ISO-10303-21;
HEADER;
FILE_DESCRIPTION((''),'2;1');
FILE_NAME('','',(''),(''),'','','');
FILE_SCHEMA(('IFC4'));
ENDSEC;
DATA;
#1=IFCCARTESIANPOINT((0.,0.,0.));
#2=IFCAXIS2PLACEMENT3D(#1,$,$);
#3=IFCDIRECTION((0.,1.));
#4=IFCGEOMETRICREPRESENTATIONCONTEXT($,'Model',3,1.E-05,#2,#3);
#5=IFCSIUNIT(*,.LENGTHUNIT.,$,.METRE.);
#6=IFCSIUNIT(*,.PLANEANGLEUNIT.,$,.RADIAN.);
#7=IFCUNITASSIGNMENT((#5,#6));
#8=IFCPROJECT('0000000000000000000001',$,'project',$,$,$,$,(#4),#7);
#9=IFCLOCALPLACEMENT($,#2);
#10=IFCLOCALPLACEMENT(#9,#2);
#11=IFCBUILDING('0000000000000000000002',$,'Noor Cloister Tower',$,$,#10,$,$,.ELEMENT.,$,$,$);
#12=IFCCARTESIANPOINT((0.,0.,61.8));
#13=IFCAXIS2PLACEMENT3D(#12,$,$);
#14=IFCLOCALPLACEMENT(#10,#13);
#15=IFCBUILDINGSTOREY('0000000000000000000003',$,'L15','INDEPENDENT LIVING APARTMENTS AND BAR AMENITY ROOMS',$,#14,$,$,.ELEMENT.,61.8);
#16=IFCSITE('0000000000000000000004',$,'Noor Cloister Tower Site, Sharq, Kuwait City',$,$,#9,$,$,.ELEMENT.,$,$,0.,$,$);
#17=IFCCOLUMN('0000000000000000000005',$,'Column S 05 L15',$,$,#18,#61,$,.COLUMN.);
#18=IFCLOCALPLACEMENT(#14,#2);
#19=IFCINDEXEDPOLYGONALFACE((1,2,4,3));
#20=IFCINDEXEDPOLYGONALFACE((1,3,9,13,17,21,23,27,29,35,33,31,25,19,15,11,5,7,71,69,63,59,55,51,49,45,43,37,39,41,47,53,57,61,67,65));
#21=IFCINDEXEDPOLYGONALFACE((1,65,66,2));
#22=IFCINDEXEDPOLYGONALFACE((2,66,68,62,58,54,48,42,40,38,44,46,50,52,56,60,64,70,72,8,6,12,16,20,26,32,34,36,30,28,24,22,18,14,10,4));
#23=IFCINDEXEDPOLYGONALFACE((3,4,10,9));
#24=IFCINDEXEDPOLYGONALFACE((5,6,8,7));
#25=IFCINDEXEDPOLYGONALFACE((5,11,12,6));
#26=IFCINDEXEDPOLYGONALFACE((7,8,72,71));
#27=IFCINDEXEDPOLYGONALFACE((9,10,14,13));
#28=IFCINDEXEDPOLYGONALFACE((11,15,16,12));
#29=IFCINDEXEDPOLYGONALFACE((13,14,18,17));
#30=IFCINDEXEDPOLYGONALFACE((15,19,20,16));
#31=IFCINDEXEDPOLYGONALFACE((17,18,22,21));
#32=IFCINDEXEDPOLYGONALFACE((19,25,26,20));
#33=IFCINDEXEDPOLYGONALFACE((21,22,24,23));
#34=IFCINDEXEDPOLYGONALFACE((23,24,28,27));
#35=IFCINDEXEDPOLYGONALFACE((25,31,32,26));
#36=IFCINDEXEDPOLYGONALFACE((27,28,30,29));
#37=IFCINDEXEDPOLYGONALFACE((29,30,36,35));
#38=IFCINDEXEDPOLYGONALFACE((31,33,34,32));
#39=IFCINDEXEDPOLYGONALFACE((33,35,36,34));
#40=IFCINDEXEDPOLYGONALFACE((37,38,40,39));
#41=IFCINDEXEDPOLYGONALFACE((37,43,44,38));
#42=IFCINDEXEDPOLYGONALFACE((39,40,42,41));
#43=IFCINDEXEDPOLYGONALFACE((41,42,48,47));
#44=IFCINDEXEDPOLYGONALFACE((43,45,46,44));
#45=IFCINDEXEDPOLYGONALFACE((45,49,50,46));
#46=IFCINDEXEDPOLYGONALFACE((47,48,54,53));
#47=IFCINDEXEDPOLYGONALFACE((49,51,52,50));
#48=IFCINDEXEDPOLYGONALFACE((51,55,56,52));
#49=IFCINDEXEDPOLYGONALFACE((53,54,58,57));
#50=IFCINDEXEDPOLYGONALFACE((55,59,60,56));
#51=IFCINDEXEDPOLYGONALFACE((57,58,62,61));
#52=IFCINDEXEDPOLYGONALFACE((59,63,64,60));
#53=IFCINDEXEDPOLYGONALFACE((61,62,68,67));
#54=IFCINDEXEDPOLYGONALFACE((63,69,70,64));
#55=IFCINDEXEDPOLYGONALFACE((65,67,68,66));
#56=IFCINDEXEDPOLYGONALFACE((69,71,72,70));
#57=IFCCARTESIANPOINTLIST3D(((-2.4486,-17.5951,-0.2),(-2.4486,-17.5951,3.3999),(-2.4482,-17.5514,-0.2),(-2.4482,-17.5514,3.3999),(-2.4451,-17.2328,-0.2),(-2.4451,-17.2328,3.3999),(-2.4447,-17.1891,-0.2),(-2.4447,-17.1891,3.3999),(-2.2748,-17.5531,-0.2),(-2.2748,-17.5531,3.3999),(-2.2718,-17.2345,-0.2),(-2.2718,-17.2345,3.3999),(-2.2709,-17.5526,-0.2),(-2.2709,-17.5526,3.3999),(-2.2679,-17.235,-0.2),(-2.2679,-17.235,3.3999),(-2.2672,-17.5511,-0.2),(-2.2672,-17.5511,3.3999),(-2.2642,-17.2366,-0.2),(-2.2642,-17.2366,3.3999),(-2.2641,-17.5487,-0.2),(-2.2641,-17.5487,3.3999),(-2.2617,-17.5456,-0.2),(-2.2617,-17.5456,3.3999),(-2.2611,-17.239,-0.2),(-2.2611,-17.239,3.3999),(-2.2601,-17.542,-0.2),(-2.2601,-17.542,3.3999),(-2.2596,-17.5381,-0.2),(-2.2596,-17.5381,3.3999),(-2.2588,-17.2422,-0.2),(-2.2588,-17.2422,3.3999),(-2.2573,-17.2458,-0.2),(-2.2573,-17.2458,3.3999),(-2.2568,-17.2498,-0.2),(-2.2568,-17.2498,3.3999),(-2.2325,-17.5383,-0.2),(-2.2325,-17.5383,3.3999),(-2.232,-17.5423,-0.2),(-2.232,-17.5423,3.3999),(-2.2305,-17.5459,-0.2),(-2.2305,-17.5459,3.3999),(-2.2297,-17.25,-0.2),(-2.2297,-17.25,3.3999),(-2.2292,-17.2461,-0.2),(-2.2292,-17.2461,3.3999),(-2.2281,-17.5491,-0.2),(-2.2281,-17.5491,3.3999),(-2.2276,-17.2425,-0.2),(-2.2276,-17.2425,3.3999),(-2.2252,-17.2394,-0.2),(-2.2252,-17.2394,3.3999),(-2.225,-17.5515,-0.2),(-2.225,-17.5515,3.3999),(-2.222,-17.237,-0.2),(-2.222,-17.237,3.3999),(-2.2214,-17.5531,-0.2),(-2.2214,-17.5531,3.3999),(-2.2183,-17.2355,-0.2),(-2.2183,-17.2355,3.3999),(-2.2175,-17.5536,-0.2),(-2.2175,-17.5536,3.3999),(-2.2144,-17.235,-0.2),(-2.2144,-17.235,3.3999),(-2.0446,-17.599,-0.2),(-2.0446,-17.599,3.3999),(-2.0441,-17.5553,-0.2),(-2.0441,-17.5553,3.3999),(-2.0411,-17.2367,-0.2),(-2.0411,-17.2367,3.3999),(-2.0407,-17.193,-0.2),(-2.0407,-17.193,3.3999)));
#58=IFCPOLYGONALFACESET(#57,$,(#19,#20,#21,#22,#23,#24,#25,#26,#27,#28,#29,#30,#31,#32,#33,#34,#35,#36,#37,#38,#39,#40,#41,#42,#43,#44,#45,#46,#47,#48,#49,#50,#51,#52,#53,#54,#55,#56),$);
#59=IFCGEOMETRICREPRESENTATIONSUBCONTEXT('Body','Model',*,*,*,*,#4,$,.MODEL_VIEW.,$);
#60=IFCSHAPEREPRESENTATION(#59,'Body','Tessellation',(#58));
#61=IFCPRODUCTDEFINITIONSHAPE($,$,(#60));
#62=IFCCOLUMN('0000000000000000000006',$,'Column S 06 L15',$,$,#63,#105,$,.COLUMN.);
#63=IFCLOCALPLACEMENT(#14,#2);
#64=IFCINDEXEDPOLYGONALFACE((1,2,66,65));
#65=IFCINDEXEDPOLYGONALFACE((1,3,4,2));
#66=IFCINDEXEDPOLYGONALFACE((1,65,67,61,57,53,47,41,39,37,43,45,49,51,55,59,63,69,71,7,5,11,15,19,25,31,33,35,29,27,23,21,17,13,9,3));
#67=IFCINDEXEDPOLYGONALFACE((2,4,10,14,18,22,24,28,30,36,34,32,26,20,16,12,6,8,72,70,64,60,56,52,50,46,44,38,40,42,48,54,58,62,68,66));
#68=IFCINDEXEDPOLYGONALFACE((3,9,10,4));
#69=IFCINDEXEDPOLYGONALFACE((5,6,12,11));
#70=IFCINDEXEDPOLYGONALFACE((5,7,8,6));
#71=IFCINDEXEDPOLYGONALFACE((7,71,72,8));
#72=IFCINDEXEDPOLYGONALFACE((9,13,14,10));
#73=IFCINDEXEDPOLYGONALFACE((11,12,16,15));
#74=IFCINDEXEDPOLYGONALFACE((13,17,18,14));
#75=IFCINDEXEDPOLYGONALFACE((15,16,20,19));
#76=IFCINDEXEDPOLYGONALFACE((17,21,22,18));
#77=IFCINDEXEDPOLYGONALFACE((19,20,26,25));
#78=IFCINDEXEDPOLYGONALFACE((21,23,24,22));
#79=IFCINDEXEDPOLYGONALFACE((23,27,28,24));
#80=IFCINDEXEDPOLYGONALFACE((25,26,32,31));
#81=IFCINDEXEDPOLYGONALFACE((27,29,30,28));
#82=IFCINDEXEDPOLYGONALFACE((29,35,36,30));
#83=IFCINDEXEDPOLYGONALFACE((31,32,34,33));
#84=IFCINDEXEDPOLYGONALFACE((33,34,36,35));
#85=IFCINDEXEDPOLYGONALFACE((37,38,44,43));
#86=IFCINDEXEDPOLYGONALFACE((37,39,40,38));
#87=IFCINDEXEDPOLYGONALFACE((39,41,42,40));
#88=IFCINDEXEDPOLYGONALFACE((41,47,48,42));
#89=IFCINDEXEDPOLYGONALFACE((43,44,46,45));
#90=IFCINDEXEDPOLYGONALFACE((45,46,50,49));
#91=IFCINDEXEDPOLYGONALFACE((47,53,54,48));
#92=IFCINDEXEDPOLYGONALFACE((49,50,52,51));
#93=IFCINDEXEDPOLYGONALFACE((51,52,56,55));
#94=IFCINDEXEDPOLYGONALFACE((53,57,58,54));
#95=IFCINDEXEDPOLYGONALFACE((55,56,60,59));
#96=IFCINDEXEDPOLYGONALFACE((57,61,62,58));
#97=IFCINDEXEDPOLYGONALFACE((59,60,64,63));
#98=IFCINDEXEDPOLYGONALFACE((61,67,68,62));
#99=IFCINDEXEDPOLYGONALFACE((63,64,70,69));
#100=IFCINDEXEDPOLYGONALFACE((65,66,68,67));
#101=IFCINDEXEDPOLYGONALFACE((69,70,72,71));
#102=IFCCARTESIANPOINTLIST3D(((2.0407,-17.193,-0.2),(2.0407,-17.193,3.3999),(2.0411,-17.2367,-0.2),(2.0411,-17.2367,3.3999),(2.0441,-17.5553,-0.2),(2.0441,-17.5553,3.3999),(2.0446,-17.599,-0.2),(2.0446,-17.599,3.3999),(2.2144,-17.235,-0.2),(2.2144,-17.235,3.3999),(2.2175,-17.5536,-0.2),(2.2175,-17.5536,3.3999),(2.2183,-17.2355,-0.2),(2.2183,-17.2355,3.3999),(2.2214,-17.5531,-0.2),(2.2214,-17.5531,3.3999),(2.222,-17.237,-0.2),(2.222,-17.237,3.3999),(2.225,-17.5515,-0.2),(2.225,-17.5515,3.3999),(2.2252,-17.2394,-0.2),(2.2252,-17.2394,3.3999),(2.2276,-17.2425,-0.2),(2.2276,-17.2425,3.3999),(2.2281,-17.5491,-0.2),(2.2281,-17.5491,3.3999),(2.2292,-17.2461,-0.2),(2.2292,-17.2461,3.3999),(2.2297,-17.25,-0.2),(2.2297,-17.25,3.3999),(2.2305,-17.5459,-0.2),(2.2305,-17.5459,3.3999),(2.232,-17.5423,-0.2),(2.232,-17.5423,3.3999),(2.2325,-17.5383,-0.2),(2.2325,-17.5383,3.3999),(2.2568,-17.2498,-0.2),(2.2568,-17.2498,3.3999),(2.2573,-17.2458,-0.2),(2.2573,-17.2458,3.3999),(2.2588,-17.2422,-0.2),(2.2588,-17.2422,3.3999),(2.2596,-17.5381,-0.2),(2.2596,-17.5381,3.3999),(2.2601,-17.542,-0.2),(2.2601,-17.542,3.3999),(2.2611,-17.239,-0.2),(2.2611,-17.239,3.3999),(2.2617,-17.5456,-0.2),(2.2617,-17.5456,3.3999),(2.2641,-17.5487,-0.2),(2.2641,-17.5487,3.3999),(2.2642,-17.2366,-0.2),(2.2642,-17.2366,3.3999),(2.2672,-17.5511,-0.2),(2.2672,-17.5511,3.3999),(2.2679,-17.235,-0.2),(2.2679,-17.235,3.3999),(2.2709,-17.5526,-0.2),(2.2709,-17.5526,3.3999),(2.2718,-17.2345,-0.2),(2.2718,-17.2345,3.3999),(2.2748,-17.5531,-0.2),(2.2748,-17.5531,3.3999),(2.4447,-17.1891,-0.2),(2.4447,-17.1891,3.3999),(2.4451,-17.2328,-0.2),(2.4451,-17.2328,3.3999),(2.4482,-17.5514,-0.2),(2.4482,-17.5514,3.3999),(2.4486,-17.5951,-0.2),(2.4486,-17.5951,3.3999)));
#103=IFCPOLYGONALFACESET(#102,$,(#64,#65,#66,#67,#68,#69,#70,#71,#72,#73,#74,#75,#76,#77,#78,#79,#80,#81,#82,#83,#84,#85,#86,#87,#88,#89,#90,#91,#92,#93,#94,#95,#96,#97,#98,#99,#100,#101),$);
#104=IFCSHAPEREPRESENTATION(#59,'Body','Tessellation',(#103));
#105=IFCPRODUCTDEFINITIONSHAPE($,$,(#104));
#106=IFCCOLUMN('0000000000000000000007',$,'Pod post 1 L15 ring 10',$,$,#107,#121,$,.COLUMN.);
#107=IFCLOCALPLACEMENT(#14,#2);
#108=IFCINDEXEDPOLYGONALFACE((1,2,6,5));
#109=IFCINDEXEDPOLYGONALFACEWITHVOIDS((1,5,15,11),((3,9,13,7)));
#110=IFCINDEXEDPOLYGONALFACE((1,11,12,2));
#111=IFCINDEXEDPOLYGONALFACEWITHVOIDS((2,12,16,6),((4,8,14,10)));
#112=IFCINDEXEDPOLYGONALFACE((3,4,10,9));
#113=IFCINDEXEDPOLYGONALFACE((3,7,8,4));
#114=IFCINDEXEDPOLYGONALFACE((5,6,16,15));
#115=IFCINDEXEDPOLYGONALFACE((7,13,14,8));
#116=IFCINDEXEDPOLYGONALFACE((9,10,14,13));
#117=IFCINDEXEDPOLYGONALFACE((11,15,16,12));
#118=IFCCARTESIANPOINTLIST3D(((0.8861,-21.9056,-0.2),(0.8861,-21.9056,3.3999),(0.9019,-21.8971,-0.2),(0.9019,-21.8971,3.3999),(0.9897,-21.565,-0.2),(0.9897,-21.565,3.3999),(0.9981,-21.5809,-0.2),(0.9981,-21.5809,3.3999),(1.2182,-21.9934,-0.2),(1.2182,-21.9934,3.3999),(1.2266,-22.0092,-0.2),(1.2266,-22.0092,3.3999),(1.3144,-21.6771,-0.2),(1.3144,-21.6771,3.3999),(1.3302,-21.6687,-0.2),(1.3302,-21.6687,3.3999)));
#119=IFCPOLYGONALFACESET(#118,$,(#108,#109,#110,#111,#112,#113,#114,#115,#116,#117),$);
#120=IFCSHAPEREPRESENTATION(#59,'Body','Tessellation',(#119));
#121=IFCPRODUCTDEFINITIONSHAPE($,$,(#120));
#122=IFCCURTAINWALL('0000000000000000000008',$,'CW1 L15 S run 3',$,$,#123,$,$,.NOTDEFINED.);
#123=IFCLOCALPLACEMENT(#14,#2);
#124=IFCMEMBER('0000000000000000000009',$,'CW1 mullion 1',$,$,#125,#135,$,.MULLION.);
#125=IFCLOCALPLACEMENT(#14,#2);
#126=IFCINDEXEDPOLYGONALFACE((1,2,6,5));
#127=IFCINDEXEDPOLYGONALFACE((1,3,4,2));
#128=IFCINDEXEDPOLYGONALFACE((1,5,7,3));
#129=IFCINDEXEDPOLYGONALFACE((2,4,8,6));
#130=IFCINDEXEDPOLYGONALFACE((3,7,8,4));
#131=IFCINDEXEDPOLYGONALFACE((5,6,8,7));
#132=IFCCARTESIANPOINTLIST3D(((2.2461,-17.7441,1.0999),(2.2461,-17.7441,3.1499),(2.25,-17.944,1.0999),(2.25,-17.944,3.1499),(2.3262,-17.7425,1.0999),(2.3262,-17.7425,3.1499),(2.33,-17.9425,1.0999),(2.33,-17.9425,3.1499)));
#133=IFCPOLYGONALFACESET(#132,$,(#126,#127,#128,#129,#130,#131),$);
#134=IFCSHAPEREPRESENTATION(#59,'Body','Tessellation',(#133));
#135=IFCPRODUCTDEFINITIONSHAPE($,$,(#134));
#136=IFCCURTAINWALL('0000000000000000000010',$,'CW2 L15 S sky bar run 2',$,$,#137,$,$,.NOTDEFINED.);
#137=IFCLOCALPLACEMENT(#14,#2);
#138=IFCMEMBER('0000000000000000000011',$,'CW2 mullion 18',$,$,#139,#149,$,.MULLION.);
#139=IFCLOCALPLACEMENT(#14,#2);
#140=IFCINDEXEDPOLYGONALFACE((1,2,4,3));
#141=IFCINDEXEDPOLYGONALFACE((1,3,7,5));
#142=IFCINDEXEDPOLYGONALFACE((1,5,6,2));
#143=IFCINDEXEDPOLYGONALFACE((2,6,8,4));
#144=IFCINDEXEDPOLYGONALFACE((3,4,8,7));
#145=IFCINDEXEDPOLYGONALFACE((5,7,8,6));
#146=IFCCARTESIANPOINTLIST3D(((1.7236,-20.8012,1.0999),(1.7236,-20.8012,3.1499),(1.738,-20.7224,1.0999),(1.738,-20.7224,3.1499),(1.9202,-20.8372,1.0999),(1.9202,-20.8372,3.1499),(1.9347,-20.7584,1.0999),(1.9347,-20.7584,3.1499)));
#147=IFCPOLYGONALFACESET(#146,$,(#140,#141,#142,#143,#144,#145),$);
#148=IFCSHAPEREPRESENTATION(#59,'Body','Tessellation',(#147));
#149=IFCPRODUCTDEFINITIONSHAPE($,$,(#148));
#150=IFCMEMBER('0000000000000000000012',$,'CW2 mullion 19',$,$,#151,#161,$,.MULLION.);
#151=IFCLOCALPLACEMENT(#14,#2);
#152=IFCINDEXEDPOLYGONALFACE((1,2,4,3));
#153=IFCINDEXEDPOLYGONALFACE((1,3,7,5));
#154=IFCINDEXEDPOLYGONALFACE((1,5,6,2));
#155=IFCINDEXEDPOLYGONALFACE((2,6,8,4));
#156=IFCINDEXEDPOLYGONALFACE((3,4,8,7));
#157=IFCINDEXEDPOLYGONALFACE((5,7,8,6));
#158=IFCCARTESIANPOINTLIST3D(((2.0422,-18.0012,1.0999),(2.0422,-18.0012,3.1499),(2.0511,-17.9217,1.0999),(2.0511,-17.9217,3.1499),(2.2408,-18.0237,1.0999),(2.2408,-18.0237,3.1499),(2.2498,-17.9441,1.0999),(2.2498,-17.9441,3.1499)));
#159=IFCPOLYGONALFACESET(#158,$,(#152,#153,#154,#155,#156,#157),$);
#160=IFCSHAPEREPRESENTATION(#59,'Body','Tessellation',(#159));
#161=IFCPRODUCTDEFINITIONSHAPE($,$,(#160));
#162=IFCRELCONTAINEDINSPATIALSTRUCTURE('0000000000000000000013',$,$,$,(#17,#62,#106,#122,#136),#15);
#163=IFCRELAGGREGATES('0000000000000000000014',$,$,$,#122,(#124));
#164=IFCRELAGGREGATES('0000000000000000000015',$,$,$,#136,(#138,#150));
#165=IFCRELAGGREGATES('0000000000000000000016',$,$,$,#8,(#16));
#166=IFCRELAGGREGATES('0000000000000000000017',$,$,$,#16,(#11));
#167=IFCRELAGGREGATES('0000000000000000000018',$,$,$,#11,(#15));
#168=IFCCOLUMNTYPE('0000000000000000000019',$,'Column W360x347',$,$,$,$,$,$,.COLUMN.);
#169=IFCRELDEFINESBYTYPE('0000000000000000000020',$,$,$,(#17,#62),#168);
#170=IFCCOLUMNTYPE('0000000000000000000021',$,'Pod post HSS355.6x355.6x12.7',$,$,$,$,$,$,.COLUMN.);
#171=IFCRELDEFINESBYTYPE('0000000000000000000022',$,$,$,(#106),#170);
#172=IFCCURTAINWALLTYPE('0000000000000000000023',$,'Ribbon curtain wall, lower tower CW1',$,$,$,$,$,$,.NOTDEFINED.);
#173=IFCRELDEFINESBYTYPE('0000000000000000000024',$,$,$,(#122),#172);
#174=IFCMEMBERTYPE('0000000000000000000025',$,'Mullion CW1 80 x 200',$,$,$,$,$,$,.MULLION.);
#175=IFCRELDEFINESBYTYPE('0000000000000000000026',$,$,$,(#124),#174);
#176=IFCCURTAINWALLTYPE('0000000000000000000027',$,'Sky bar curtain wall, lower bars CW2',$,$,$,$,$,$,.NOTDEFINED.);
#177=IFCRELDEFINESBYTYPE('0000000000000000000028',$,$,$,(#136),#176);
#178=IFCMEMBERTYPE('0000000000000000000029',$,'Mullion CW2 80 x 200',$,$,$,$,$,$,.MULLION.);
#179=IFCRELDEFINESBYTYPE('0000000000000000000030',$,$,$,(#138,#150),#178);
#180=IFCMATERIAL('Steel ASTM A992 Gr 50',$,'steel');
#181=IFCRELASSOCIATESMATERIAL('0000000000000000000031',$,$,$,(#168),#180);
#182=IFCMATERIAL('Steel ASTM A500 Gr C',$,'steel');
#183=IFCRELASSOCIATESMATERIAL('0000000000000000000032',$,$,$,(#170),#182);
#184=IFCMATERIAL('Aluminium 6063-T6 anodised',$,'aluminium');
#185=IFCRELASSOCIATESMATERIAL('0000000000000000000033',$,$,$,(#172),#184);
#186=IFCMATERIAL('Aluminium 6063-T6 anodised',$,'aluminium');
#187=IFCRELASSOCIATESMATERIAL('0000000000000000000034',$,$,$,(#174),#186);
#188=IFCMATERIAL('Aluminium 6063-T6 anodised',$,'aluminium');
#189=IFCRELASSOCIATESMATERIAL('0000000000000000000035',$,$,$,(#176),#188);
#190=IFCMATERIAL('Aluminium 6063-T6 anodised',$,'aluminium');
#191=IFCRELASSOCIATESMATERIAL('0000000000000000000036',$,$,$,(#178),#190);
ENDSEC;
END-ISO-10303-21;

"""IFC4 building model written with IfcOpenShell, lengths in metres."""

from ifc_helpers import new_model, si_unit, direction, frame, origin, origin_2d, place, context, subcontext, project, spatial, rectangle, hollow_rectangle, i_section, extrude, material, material_profile, profile_set, type_object, element, aggregate, save


model = new_model("IFC4")

# Units and contexts
model_context = context("Model", 3, precision=1e-05, world=origin(), true_north=direction((0.0, 1.0)))
body_context = subcontext(model_context, "Body", "Model", "MODEL_VIEW")
ifc_project = project(units=[si_unit("LENGTHUNIT", "METRE"), si_unit("PLANEANGLEUNIT", "RADIAN")], contexts=[model_context])

# Site, building, storey
site_placement = place(None, origin())
site = spatial("IfcSite", under=ifc_project, at=site_placement, Name="Noor Cloister Tower Site, Sharq, Kuwait City", CompositionType="ELEMENT", RefElevation=0.0)
building_placement = place(site_placement, origin())
building = spatial("IfcBuilding", under=site, at=building_placement, Name="Noor Cloister Tower", CompositionType="ELEMENT")
storey_placement = place(building_placement, frame((0.0, 0.0, 61.8)))
storey = spatial("IfcBuildingStorey", under=building, at=storey_placement, Name="L15", Description="INDEPENDENT LIVING APARTMENTS AND BAR AMENITY ROOMS", CompositionType="ELEMENT", Elevation=61.8)

# Columns
ifc_material_1 = material(Name="Steel ASTM A992 Gr 50", Category="steel")
ifc_material_profile_1 = material_profile(ifc_material_1, i_section(OverallWidth=0.4041, OverallDepth=0.406, WebThickness=0.0271, FlangeThickness=0.0437, FilletRadius=0.0151, at=origin_2d()), Name="W360x347")
ifc_profile_set_1 = profile_set([ifc_material_profile_1], Name="Steel ASTM A992 Gr 50")
column_type_1 = type_object("IfcColumnType", Name="Column W360x347", PredefinedType="COLUMN", material=ifc_profile_set_1)
for number, where, z_axis, x_axis, name in (
    (1, (-2.2446, -17.394, -0.2), (0.0, 0.0, 1.0), (0.999954, -0.009548, 0.0), "Column S 05 L15"),
    (2, (2.2446, -17.394, -0.2), (0.0, 0.0, 1.0), (0.999954, 0.009548, 0.0), "Column S 06 L15"),
):
    element("IfcColumn", number, at=place(storey_placement, frame(where, z_axis=z_axis, x_axis=x_axis)), inside=storey, type_object=column_type_1, Name=name, PredefinedType="COLUMN", context=body_context, shape_type="SweptSolid", body=[
        extrude(i_section(OverallWidth=0.4041, OverallDepth=0.406, WebThickness=0.0271, FlangeThickness=0.0437, FilletRadius=0.0151, at=origin_2d()), origin(), (0.0, 0.0, 1.0), 3.5999),
    ])
ifc_material_2 = material(Name="Steel ASTM A500 Gr C", Category="steel")
ifc_material_profile_2 = material_profile(ifc_material_2, hollow_rectangle(XDim=0.356, YDim=0.356, WallThickness=0.0127, at=origin_2d()), Name="HSS355.6x355.6x12.7")
ifc_profile_set_2 = profile_set([ifc_material_profile_2], Name="Steel ASTM A500 Gr C")
column_type_2 = type_object("IfcColumnType", Name="Pod post HSS355.6x355.6x12.7", PredefinedType="COLUMN", material=ifc_profile_set_2)
column_placement = place(storey_placement, frame((1.1082, -21.7871, -0.2), z_axis=(0.0, 0.0, 1.0), x_axis=(0.29113, 0.956684, 0.0)))
element("IfcColumn", 3, at=column_placement, inside=storey, type_object=column_type_2, Name="Pod post 1 L15 ring 10", PredefinedType="COLUMN", context=body_context, shape_type="SweptSolid", body=[
    extrude(hollow_rectangle(XDim=0.356, YDim=0.356, WallThickness=0.0127, at=origin_2d()), origin(), (0.0, 0.0, 1.0), 3.5999),
])

# Curtain wall, member
ifc_material_3 = material(Name="Aluminium 6063-T6 anodised", Category="aluminium")
curtain_wall_type_1 = type_object("IfcCurtainWallType", Name="Ribbon curtain wall, lower tower CW1", PredefinedType="NOTDEFINED", material=ifc_material_3)
curtain_wall_1_placement = place(storey_placement, origin())
curtain_wall_1 = element("IfcCurtainWall", 4, at=curtain_wall_1_placement, inside=storey, type_object=curtain_wall_type_1, Name="CW1 L15 S run 3", PredefinedType="NOTDEFINED")
ifc_material_4 = material(Name="Aluminium 6063-T6 anodised", Category="aluminium")
ifc_material_profile_3 = material_profile(ifc_material_4, rectangle(XDim=0.2, YDim=0.0801, at=origin_2d()), Name="200 x 80 mullion")
ifc_profile_set_3 = profile_set([ifc_material_profile_3], Name="Aluminium 6063-T6 anodised")
member_type_1 = type_object("IfcMemberType", Name="Mullion CW1 80 x 200", PredefinedType="MULLION", material=ifc_profile_set_3)
member_1_placement = place(storey_placement, frame((2.2881, -17.8433, 1.0999), z_axis=(0.0, 0.0, 1.0), x_axis=(-0.019095, 0.999818, 0.0)))
member_1 = element("IfcMember", 5, at=member_1_placement, type_object=member_type_1, Name="CW1 mullion 1", PredefinedType="MULLION", context=body_context, shape_type="SweptSolid", body=[
    extrude(rectangle(XDim=0.2, YDim=0.0801, at=origin_2d()), origin(), (0.0, 0.0, 1.0), 2.05),
])
aggregate(curtain_wall_1, [member_1])

# Curtain wall, members
ifc_material_5 = material(Name="Aluminium 6063-T6 anodised", Category="aluminium")
curtain_wall_type_2 = type_object("IfcCurtainWallType", Name="Sky bar curtain wall, lower bars CW2", PredefinedType="NOTDEFINED", material=ifc_material_5)
curtain_wall_2_placement = place(storey_placement, origin())
curtain_wall_2 = element("IfcCurtainWall", 6, at=curtain_wall_2_placement, inside=storey, type_object=curtain_wall_type_2, Name="CW2 L15 S sky bar run 2", PredefinedType="NOTDEFINED")
ifc_material_6 = material(Name="Aluminium 6063-T6 anodised", Category="aluminium")
ifc_material_profile_4 = material_profile(ifc_material_6, rectangle(XDim=0.2, YDim=0.0801, at=origin_2d()), Name="200 x 80 mullion")
ifc_profile_set_4 = profile_set([ifc_material_profile_4], Name="Aluminium 6063-T6 anodised")
member_type_2 = type_object("IfcMemberType", Name="Mullion CW2 80 x 200", PredefinedType="MULLION", material=ifc_profile_set_4)
member_2_placement = place(storey_placement, frame((1.8291, -20.7798, 1.0999), z_axis=(0.0, 0.0, 1.0), x_axis=(-0.983673, 0.179967, 0.0)))
member_2 = element("IfcMember", 7, at=member_2_placement, type_object=member_type_2, Name="CW2 mullion 18", PredefinedType="MULLION", context=body_context, shape_type="SweptSolid", body=[
    extrude(rectangle(XDim=0.2, YDim=0.0801, at=origin_2d()), origin(), (0.0, 0.0, 1.0), 2.05),
])
member_3_placement = place(storey_placement, frame((2.146, -17.9727, 1.0999), z_axis=(0.0, 0.0, 1.0), x_axis=(-0.993686, 0.112197, 0.0)))
member_3 = element("IfcMember", 8, at=member_3_placement, type_object=member_type_2, Name="CW2 mullion 19", PredefinedType="MULLION", context=body_context, shape_type="SweptSolid", body=[
    extrude(rectangle(XDim=0.2, YDim=0.0801, at=origin_2d()), origin(), (0.0, 0.0, 1.0), 2.05),
])

aggregate(curtain_wall_2, [member_2, member_3])

save(model, "model.ifc")
